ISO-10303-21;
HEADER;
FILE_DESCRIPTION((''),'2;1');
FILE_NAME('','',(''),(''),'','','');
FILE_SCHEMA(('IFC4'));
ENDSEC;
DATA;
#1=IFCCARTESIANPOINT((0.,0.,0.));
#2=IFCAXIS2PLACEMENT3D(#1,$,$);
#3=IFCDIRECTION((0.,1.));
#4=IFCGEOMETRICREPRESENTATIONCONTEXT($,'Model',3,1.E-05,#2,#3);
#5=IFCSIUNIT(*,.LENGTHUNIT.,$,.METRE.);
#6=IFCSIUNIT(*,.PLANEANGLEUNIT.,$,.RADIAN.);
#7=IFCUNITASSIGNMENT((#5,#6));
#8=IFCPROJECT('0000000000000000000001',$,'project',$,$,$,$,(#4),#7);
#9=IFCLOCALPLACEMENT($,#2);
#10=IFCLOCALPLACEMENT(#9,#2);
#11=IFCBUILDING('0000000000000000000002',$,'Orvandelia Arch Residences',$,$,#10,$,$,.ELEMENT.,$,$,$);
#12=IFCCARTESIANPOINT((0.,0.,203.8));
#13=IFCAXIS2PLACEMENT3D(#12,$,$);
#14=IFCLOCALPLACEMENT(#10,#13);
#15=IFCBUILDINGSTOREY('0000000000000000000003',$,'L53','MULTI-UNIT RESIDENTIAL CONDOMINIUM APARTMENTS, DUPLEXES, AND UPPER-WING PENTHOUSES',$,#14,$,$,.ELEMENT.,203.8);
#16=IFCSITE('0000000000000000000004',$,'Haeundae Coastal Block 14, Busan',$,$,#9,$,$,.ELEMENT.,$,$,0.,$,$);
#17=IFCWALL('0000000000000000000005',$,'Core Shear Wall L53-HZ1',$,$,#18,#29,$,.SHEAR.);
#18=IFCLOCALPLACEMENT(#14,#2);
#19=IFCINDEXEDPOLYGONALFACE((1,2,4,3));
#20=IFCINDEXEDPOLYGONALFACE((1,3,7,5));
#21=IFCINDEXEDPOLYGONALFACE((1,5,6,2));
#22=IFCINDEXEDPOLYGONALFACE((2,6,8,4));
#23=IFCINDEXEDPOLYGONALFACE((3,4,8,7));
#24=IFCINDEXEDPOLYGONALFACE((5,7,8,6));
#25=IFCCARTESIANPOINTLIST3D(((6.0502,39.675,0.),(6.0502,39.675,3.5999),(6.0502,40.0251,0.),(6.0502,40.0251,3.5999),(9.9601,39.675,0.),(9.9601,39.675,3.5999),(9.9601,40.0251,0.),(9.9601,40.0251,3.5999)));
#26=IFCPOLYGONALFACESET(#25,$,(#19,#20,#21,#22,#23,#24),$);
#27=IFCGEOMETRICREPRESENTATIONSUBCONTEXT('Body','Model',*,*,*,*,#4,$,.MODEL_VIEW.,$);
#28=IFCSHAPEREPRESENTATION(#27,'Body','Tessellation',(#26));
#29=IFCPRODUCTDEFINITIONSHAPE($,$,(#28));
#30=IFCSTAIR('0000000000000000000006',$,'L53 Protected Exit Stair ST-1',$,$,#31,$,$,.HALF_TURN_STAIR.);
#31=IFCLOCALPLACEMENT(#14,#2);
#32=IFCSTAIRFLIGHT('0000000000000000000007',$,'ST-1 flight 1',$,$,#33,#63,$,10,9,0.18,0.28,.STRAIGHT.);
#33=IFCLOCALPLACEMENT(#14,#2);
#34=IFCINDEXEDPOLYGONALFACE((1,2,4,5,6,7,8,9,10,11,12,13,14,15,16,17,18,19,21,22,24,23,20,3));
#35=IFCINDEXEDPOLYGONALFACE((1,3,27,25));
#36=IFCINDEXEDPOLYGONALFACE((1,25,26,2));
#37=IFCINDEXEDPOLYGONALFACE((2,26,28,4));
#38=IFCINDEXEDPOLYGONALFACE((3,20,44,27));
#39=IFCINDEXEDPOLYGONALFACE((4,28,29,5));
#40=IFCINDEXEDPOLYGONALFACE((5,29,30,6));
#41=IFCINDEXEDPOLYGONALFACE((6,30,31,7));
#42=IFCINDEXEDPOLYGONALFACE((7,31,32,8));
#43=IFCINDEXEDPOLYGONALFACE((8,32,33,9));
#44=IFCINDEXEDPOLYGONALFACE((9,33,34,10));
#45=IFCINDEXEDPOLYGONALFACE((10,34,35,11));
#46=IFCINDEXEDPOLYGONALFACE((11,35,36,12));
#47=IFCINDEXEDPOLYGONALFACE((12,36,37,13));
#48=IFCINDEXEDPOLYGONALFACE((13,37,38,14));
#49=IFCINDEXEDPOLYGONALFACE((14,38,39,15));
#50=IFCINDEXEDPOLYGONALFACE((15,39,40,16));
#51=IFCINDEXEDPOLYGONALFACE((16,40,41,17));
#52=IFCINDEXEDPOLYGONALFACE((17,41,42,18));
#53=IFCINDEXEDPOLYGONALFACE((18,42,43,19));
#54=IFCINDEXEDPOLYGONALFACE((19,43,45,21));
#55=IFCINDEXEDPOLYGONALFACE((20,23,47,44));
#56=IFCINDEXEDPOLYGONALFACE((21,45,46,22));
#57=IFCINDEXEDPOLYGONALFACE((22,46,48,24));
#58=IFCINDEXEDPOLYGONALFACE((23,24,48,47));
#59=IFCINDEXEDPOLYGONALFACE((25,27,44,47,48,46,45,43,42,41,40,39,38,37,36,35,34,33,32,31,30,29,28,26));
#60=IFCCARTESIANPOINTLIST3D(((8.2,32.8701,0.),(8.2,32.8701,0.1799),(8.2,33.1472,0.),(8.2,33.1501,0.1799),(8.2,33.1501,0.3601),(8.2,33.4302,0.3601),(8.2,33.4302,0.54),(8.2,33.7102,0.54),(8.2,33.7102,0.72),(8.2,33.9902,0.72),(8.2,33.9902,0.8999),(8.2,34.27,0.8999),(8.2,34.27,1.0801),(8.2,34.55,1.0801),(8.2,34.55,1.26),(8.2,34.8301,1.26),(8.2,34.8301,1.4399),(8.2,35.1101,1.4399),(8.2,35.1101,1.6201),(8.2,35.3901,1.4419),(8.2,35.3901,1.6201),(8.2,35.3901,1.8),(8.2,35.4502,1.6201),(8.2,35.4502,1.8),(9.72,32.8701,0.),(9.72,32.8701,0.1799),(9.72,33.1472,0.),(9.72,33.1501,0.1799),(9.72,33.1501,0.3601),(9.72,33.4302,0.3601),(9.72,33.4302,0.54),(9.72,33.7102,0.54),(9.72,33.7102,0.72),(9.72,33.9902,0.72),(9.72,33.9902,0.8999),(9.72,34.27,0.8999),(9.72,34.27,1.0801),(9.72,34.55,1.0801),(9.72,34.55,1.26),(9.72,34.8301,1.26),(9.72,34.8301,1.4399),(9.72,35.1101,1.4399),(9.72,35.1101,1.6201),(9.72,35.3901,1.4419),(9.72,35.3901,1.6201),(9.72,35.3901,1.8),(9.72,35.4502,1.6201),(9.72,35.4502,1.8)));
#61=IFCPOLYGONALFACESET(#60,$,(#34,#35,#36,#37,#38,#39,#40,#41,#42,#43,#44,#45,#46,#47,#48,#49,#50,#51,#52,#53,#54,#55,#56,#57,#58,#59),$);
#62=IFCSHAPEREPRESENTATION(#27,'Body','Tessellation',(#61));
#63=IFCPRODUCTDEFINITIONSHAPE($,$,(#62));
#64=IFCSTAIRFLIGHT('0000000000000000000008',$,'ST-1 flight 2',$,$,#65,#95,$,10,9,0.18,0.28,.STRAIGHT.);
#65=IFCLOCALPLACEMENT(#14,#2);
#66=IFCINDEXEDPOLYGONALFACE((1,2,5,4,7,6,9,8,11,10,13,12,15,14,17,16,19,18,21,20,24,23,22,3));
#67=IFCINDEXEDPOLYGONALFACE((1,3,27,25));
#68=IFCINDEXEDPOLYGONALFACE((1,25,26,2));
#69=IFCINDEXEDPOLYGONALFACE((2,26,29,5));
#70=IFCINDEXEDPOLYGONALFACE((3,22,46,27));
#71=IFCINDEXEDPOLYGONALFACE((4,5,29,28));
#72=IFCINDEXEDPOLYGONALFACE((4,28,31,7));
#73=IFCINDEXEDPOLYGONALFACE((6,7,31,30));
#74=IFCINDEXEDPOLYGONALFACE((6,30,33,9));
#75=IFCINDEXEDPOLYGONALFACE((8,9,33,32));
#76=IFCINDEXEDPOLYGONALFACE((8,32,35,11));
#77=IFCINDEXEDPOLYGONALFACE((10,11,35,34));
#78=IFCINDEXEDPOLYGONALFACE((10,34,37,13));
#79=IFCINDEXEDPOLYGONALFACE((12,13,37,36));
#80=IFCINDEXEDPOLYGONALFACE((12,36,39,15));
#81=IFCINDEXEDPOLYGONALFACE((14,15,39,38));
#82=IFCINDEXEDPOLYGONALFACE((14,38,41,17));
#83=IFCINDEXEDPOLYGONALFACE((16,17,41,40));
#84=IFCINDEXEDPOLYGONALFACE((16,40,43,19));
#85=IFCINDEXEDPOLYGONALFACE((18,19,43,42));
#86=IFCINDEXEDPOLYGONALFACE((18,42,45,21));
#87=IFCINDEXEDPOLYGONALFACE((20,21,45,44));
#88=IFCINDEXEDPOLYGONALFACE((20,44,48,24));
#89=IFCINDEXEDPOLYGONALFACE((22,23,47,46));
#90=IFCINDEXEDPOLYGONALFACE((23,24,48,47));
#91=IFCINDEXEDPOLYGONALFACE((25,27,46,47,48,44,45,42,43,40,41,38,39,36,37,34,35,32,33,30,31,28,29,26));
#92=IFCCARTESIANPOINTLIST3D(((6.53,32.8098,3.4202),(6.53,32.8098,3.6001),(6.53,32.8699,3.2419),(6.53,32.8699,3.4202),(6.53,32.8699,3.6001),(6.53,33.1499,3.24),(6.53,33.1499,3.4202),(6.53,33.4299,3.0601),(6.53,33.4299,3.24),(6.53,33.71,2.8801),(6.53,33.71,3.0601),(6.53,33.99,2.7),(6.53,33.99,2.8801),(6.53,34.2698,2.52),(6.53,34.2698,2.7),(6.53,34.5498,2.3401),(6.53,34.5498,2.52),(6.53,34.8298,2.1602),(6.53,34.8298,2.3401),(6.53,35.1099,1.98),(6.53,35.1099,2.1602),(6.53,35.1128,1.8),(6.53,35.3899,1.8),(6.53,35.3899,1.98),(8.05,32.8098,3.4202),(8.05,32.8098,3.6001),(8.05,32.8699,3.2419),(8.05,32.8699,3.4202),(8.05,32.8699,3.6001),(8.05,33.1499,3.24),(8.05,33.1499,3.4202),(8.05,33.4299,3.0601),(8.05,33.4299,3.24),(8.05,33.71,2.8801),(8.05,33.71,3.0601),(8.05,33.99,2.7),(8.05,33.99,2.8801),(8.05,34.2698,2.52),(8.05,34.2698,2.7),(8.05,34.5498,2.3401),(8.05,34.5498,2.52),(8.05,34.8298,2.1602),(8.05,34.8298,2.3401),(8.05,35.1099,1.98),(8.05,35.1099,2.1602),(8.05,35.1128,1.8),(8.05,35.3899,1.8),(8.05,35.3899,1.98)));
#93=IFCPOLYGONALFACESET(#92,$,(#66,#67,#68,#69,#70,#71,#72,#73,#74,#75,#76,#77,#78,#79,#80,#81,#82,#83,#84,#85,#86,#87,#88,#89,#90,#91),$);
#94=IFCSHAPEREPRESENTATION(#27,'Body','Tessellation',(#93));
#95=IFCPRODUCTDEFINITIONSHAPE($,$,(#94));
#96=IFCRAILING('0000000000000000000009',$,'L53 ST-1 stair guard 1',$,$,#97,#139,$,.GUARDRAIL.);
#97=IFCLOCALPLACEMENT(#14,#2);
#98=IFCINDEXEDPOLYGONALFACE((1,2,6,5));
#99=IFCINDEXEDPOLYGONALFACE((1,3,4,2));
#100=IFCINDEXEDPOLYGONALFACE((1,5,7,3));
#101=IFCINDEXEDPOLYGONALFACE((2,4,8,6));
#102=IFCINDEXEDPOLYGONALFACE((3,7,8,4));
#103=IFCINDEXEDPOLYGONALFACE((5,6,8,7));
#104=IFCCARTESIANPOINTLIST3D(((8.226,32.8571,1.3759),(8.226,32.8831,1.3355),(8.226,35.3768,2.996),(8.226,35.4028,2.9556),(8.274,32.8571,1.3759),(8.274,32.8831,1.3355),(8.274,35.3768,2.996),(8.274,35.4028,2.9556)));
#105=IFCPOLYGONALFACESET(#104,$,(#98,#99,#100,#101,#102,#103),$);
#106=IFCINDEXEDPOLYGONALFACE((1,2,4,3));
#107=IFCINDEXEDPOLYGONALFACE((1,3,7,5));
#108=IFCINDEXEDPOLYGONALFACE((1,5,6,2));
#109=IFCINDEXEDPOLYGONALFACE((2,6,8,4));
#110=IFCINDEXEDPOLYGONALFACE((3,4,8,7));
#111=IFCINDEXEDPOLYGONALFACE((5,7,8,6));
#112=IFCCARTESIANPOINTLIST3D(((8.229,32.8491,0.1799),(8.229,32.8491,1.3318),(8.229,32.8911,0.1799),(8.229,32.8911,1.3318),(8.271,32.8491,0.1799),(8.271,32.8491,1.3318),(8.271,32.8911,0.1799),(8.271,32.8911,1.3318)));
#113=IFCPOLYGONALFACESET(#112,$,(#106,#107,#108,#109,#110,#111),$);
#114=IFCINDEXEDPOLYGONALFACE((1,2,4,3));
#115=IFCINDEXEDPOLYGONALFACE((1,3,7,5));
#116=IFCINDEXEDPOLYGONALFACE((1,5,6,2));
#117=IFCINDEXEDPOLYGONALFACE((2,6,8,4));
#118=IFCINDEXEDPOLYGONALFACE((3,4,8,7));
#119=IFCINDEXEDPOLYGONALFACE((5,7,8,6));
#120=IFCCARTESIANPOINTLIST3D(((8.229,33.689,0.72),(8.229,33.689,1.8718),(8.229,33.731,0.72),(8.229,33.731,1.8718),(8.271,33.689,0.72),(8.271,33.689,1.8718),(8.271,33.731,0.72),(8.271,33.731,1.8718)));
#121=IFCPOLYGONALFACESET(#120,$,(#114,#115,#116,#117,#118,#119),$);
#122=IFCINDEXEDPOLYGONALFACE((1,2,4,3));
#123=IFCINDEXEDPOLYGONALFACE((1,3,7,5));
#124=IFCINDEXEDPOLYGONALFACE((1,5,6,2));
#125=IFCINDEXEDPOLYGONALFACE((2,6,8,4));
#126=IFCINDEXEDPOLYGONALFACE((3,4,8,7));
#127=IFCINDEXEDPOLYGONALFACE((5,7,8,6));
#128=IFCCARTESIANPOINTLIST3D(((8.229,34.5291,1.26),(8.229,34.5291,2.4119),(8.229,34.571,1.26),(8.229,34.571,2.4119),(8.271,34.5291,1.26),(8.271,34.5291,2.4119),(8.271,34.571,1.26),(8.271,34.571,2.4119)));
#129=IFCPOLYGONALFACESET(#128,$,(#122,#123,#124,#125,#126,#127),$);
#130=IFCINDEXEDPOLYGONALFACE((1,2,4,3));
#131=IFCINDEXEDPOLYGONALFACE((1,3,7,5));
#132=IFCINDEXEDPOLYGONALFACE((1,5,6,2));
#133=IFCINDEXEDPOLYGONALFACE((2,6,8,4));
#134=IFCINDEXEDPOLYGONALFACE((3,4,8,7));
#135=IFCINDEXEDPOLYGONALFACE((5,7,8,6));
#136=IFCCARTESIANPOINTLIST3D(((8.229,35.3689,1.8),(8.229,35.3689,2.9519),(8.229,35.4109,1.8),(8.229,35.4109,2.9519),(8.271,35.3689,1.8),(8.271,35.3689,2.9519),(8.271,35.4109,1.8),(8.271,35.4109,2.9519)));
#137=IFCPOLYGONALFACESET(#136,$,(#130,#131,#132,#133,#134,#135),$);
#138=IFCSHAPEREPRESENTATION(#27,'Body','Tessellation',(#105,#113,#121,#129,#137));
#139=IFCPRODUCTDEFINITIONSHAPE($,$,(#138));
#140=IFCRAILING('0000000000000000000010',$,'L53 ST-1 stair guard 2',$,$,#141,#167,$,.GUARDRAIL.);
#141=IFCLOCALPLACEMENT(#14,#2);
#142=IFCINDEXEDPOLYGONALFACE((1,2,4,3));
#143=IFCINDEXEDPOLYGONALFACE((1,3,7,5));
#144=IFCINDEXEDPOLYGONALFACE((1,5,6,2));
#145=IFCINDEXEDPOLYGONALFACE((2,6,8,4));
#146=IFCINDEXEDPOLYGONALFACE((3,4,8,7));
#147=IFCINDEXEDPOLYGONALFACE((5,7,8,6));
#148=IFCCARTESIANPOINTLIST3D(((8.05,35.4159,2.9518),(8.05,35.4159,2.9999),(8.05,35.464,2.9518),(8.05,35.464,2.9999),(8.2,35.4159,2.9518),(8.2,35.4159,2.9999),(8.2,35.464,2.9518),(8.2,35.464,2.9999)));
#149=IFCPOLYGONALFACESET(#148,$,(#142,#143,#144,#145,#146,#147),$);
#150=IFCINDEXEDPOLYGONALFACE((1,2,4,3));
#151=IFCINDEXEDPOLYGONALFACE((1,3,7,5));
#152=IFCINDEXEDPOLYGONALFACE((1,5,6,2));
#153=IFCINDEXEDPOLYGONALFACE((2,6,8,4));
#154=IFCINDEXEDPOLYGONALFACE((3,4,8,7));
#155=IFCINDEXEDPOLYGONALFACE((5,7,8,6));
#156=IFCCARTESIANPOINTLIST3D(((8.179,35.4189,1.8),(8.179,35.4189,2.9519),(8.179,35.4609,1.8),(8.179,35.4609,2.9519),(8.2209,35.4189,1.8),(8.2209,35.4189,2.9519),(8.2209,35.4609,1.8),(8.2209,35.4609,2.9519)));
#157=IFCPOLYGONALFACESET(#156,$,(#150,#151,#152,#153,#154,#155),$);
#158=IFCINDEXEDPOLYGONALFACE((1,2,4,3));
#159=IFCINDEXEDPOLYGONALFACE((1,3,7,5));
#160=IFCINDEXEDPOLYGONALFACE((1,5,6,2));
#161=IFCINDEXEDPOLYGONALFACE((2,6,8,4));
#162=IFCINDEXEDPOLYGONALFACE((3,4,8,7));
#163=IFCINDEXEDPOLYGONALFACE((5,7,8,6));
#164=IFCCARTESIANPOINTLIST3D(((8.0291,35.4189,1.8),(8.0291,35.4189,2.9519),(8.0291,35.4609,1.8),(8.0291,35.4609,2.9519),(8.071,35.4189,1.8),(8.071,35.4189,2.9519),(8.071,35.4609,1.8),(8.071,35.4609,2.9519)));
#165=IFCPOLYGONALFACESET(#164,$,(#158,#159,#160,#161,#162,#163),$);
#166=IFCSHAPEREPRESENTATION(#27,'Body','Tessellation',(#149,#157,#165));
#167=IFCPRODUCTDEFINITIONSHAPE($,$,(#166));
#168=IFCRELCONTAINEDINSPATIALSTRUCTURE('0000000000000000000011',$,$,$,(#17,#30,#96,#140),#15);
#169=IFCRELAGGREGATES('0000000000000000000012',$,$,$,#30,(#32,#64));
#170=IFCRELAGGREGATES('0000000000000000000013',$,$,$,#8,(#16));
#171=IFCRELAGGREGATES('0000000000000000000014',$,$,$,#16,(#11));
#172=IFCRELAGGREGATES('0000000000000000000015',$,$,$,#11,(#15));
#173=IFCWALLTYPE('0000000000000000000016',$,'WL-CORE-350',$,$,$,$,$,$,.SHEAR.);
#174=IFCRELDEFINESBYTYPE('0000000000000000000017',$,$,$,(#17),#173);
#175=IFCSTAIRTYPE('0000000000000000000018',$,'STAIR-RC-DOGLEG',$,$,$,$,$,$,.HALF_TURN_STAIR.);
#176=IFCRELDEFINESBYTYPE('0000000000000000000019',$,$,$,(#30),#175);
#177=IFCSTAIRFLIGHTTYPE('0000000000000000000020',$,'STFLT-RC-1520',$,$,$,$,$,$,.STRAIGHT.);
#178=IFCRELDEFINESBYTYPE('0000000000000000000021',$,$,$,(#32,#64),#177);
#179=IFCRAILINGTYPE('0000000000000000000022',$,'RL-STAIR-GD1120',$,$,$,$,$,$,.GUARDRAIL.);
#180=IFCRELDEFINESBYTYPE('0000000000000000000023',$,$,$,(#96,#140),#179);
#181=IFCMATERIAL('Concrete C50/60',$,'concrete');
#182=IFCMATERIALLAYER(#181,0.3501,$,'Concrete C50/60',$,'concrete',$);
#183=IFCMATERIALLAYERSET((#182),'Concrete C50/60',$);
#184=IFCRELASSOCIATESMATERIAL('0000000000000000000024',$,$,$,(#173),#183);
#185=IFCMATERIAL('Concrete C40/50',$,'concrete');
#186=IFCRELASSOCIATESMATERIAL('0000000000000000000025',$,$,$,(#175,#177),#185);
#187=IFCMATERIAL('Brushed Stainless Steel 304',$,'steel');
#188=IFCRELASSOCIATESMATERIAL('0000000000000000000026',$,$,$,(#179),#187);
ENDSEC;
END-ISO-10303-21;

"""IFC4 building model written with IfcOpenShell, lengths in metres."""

from ifc_helpers import new_model, si_unit, direction, frame, frame_2d, origin, origin_2d, place, context, subcontext, project, spatial, polyline, rectangle, outline, extrude, material, layer, layer_set, type_object, element, aggregate, save


model = new_model("IFC4")

# Units and contexts
model_context = context("Model", 3, precision=1e-05, world=origin(), true_north=direction((0.0, 1.0)))
body_context = subcontext(model_context, "Body", "Model", "MODEL_VIEW")
ifc_project = project(units=[si_unit("LENGTHUNIT", "METRE"), si_unit("PLANEANGLEUNIT", "RADIAN")], contexts=[model_context])

# Site, building, storey
site_placement = place(None, origin())
site = spatial("IfcSite", under=ifc_project, at=site_placement, Name="Haeundae Coastal Block 14, Busan", CompositionType="ELEMENT", RefElevation=0.0)
building_placement = place(site_placement, origin())
building = spatial("IfcBuilding", under=site, at=building_placement, Name="Orvandelia Arch Residences", CompositionType="ELEMENT")
storey_placement = place(building_placement, frame((0.0, 0.0, 203.8)))
storey = spatial("IfcBuildingStorey", under=building, at=storey_placement, Name="L53", Description="MULTI-UNIT RESIDENTIAL CONDOMINIUM APARTMENTS, DUPLEXES, AND UPPER-WING PENTHOUSES", CompositionType="ELEMENT", Elevation=203.8)

# Shared definitions
ifc_material_1 = material(Name="Concrete C50/60", Category="concrete")
ifc_layer = layer(ifc_material_1, 0.3501, Name="Concrete C50/60", Category="concrete")
ifc_layer_set = layer_set([ifc_layer], Name="Concrete C50/60")
wall_type = type_object("IfcWallType", Name="WL-CORE-350", PredefinedType="SHEAR", material=ifc_layer_set)

# Wall
wall_1_placement = place(storey_placement, frame((6.05, 39.8501, 0.0), z_axis=(0.0, 0.0, 1.0), x_axis=(1.0, 0.0, 0.0)))
element("IfcWall", 1, at=wall_1_placement, inside=storey, type_object=wall_type, Name="Core Shear Wall L53-HZ1", PredefinedType="SHEAR", context=body_context, shape_type="SweptSolid", body=[
    extrude(rectangle(XDim=3.9099, YDim=0.3501, at=frame_2d((1.9551, 0.0))), origin(), (0.0, 0.0, 1.0), 3.5999),
])

# Stair, stair flights
ifc_material_2 = material(Name="Concrete C40/50", Category="concrete")
stair_type = type_object("IfcStairType", Name="STAIR-RC-DOGLEG", PredefinedType="HALF_TURN_STAIR", material=ifc_material_2)
stair_placement = place(storey_placement, origin())
stair = element("IfcStair", 2, at=stair_placement, inside=storey, type_object=stair_type, Name="L53 Protected Exit Stair ST-1", PredefinedType="HALF_TURN_STAIR")
stair_flight_type = type_object("IfcStairFlightType", Name="STFLT-RC-1520", PredefinedType="STRAIGHT", material=ifc_material_2)
stair_flight_1_placement = place(storey_placement, frame((8.96, 32.8701, 0.0), z_axis=(0.0, 0.0, 1.0), x_axis=(0.0, 1.0, 0.0)))
stair_flight_1 = element("IfcStairFlight", 3, at=stair_flight_1_placement, type_object=stair_flight_type, Name="ST-1 flight 1", NumberOfRisers=10, NumberOfTreads=9, PredefinedType="STRAIGHT", RiserHeight=0.18, TreadLength=0.28, context=body_context, shape_type="SweptSolid", body=[
    extrude(outline(polyline([(0.0, 0.0), (0.0, 0.1799), (0.28, 0.1799), (0.28, 0.3601), (0.5601, 0.3601), (0.5601, 0.54), (0.8401, 0.54), (0.8401, 0.72), (1.1201, 0.72), (1.1201, 0.8999), (1.3999, 0.8999), (1.3999, 1.0801), (1.6799, 1.0801), (1.6799, 1.26), (1.96, 1.26), (1.96, 1.4399), (2.24, 1.4399), (2.24, 1.6201), (2.52, 1.6201), (2.52, 1.8), (2.5801, 1.8), (2.5801, 1.6201), (2.52, 1.4419), (0.2771, 0.0), (0.0, 0.0)])), frame((0.0, 0.76, 0.0), z_axis=(0.0, -1.0, 0.0), x_axis=(1.0, 0.0, 0.0)), (0.0, 0.0, 1.0), 1.52),
])
stair_flight_2_placement = place(storey_placement, frame((7.29, 35.3899, 1.8), z_axis=(0.0, 0.0, 1.0), x_axis=(0.0, -1.0, 0.0)))
stair_flight_2 = element("IfcStairFlight", 4, at=stair_flight_2_placement, type_object=stair_flight_type, Name="ST-1 flight 2", NumberOfRisers=10, NumberOfTreads=9, PredefinedType="STRAIGHT", RiserHeight=0.18, TreadLength=0.28, context=body_context, shape_type="SweptSolid", body=[
    extrude(outline(polyline([(0.0, 0.0), (0.0, 0.1799), (0.28, 0.1799), (0.28, 0.3601), (0.5601, 0.3601), (0.5601, 0.54), (0.8401, 0.54), (0.8401, 0.72), (1.1201, 0.72), (1.1201, 0.8999), (1.3999, 0.8999), (1.3999, 1.0801), (1.6799, 1.0801), (1.6799, 1.26), (1.96, 1.26), (1.96, 1.4399), (2.24, 1.4399), (2.24, 1.6201), (2.52, 1.6201), (2.52, 1.8), (2.5801, 1.8), (2.5801, 1.6201), (2.52, 1.4419), (0.2771, 0.0), (0.0, 0.0)])), frame((0.0, 0.76, 0.0), z_axis=(0.0, -1.0, 0.0), x_axis=(1.0, 0.0, 0.0)), (0.0, 0.0, 1.0), 1.52),
])
aggregate(stair, [stair_flight_1, stair_flight_2])

# Railings
ifc_material_3 = material(Name="Brushed Stainless Steel 304", Category="steel")
railing_type_1 = type_object("IfcRailingType", Name="RL-STAIR-GD1120", PredefinedType="GUARDRAIL", material=ifc_material_3)
railing_1_placement = place(storey_placement, frame((8.25, 32.8701, 0.1799)))
element("IfcRailing", 5, at=railing_1_placement, inside=storey, type_object=railing_type_1, Name="L53 ST-1 stair guard 1", PredefinedType="GUARDRAIL", context=body_context, shape_type="SweptSolid", body=[
    extrude(rectangle(XDim=0.0481, YDim=0.0481, at=origin_2d()), frame((0.0, 0.0, 1.1758), z_axis=(0.0, 0.841139, 0.540819), x_axis=(-1.0, 0.0, 0.0)), (0.0, 0.0, 1.0), 2.9956),
    extrude(rectangle(XDim=0.042, YDim=0.042, at=origin_2d()), origin(), (0.0, 0.0, 1.0), 1.1519),
    extrude(rectangle(XDim=0.042, YDim=0.042, at=origin_2d()), frame((0.0, 0.8398, 0.54)), (0.0, 0.0, 1.0), 1.1519),
    extrude(rectangle(XDim=0.042, YDim=0.042, at=origin_2d()), frame((0.0, 1.6799, 1.0801)), (0.0, 0.0, 1.0), 1.1519),
    extrude(rectangle(XDim=0.042, YDim=0.042, at=origin_2d()), frame((0.0, 2.5198, 1.6201)), (0.0, 0.0, 1.0), 1.1519),
])
railing_2_placement = place(storey_placement, frame((8.2, 35.4399, 1.8)))
element("IfcRailing", 6, at=railing_2_placement, inside=storey, type_object=railing_type_1, Name="L53 ST-1 stair guard 2", PredefinedType="GUARDRAIL", context=body_context, shape_type="SweptSolid", body=[
    extrude(rectangle(XDim=0.0481, YDim=0.0481, at=origin_2d()), frame((0.0, 0.0, 1.1758), z_axis=(-1.0, 0.0, 0.0), x_axis=(0.0, -1.0, 0.0)), (0.0, 0.0, 1.0), 0.1499),
    extrude(rectangle(XDim=0.042, YDim=0.042, at=origin_2d()), origin(), (0.0, 0.0, 1.0), 1.1519),
    extrude(rectangle(XDim=0.042, YDim=0.042, at=origin_2d()), frame((-0.1499, 0.0, 0.0)), (0.0, 0.0, 1.0), 1.1519),
])

save(model, "model.ifc")
